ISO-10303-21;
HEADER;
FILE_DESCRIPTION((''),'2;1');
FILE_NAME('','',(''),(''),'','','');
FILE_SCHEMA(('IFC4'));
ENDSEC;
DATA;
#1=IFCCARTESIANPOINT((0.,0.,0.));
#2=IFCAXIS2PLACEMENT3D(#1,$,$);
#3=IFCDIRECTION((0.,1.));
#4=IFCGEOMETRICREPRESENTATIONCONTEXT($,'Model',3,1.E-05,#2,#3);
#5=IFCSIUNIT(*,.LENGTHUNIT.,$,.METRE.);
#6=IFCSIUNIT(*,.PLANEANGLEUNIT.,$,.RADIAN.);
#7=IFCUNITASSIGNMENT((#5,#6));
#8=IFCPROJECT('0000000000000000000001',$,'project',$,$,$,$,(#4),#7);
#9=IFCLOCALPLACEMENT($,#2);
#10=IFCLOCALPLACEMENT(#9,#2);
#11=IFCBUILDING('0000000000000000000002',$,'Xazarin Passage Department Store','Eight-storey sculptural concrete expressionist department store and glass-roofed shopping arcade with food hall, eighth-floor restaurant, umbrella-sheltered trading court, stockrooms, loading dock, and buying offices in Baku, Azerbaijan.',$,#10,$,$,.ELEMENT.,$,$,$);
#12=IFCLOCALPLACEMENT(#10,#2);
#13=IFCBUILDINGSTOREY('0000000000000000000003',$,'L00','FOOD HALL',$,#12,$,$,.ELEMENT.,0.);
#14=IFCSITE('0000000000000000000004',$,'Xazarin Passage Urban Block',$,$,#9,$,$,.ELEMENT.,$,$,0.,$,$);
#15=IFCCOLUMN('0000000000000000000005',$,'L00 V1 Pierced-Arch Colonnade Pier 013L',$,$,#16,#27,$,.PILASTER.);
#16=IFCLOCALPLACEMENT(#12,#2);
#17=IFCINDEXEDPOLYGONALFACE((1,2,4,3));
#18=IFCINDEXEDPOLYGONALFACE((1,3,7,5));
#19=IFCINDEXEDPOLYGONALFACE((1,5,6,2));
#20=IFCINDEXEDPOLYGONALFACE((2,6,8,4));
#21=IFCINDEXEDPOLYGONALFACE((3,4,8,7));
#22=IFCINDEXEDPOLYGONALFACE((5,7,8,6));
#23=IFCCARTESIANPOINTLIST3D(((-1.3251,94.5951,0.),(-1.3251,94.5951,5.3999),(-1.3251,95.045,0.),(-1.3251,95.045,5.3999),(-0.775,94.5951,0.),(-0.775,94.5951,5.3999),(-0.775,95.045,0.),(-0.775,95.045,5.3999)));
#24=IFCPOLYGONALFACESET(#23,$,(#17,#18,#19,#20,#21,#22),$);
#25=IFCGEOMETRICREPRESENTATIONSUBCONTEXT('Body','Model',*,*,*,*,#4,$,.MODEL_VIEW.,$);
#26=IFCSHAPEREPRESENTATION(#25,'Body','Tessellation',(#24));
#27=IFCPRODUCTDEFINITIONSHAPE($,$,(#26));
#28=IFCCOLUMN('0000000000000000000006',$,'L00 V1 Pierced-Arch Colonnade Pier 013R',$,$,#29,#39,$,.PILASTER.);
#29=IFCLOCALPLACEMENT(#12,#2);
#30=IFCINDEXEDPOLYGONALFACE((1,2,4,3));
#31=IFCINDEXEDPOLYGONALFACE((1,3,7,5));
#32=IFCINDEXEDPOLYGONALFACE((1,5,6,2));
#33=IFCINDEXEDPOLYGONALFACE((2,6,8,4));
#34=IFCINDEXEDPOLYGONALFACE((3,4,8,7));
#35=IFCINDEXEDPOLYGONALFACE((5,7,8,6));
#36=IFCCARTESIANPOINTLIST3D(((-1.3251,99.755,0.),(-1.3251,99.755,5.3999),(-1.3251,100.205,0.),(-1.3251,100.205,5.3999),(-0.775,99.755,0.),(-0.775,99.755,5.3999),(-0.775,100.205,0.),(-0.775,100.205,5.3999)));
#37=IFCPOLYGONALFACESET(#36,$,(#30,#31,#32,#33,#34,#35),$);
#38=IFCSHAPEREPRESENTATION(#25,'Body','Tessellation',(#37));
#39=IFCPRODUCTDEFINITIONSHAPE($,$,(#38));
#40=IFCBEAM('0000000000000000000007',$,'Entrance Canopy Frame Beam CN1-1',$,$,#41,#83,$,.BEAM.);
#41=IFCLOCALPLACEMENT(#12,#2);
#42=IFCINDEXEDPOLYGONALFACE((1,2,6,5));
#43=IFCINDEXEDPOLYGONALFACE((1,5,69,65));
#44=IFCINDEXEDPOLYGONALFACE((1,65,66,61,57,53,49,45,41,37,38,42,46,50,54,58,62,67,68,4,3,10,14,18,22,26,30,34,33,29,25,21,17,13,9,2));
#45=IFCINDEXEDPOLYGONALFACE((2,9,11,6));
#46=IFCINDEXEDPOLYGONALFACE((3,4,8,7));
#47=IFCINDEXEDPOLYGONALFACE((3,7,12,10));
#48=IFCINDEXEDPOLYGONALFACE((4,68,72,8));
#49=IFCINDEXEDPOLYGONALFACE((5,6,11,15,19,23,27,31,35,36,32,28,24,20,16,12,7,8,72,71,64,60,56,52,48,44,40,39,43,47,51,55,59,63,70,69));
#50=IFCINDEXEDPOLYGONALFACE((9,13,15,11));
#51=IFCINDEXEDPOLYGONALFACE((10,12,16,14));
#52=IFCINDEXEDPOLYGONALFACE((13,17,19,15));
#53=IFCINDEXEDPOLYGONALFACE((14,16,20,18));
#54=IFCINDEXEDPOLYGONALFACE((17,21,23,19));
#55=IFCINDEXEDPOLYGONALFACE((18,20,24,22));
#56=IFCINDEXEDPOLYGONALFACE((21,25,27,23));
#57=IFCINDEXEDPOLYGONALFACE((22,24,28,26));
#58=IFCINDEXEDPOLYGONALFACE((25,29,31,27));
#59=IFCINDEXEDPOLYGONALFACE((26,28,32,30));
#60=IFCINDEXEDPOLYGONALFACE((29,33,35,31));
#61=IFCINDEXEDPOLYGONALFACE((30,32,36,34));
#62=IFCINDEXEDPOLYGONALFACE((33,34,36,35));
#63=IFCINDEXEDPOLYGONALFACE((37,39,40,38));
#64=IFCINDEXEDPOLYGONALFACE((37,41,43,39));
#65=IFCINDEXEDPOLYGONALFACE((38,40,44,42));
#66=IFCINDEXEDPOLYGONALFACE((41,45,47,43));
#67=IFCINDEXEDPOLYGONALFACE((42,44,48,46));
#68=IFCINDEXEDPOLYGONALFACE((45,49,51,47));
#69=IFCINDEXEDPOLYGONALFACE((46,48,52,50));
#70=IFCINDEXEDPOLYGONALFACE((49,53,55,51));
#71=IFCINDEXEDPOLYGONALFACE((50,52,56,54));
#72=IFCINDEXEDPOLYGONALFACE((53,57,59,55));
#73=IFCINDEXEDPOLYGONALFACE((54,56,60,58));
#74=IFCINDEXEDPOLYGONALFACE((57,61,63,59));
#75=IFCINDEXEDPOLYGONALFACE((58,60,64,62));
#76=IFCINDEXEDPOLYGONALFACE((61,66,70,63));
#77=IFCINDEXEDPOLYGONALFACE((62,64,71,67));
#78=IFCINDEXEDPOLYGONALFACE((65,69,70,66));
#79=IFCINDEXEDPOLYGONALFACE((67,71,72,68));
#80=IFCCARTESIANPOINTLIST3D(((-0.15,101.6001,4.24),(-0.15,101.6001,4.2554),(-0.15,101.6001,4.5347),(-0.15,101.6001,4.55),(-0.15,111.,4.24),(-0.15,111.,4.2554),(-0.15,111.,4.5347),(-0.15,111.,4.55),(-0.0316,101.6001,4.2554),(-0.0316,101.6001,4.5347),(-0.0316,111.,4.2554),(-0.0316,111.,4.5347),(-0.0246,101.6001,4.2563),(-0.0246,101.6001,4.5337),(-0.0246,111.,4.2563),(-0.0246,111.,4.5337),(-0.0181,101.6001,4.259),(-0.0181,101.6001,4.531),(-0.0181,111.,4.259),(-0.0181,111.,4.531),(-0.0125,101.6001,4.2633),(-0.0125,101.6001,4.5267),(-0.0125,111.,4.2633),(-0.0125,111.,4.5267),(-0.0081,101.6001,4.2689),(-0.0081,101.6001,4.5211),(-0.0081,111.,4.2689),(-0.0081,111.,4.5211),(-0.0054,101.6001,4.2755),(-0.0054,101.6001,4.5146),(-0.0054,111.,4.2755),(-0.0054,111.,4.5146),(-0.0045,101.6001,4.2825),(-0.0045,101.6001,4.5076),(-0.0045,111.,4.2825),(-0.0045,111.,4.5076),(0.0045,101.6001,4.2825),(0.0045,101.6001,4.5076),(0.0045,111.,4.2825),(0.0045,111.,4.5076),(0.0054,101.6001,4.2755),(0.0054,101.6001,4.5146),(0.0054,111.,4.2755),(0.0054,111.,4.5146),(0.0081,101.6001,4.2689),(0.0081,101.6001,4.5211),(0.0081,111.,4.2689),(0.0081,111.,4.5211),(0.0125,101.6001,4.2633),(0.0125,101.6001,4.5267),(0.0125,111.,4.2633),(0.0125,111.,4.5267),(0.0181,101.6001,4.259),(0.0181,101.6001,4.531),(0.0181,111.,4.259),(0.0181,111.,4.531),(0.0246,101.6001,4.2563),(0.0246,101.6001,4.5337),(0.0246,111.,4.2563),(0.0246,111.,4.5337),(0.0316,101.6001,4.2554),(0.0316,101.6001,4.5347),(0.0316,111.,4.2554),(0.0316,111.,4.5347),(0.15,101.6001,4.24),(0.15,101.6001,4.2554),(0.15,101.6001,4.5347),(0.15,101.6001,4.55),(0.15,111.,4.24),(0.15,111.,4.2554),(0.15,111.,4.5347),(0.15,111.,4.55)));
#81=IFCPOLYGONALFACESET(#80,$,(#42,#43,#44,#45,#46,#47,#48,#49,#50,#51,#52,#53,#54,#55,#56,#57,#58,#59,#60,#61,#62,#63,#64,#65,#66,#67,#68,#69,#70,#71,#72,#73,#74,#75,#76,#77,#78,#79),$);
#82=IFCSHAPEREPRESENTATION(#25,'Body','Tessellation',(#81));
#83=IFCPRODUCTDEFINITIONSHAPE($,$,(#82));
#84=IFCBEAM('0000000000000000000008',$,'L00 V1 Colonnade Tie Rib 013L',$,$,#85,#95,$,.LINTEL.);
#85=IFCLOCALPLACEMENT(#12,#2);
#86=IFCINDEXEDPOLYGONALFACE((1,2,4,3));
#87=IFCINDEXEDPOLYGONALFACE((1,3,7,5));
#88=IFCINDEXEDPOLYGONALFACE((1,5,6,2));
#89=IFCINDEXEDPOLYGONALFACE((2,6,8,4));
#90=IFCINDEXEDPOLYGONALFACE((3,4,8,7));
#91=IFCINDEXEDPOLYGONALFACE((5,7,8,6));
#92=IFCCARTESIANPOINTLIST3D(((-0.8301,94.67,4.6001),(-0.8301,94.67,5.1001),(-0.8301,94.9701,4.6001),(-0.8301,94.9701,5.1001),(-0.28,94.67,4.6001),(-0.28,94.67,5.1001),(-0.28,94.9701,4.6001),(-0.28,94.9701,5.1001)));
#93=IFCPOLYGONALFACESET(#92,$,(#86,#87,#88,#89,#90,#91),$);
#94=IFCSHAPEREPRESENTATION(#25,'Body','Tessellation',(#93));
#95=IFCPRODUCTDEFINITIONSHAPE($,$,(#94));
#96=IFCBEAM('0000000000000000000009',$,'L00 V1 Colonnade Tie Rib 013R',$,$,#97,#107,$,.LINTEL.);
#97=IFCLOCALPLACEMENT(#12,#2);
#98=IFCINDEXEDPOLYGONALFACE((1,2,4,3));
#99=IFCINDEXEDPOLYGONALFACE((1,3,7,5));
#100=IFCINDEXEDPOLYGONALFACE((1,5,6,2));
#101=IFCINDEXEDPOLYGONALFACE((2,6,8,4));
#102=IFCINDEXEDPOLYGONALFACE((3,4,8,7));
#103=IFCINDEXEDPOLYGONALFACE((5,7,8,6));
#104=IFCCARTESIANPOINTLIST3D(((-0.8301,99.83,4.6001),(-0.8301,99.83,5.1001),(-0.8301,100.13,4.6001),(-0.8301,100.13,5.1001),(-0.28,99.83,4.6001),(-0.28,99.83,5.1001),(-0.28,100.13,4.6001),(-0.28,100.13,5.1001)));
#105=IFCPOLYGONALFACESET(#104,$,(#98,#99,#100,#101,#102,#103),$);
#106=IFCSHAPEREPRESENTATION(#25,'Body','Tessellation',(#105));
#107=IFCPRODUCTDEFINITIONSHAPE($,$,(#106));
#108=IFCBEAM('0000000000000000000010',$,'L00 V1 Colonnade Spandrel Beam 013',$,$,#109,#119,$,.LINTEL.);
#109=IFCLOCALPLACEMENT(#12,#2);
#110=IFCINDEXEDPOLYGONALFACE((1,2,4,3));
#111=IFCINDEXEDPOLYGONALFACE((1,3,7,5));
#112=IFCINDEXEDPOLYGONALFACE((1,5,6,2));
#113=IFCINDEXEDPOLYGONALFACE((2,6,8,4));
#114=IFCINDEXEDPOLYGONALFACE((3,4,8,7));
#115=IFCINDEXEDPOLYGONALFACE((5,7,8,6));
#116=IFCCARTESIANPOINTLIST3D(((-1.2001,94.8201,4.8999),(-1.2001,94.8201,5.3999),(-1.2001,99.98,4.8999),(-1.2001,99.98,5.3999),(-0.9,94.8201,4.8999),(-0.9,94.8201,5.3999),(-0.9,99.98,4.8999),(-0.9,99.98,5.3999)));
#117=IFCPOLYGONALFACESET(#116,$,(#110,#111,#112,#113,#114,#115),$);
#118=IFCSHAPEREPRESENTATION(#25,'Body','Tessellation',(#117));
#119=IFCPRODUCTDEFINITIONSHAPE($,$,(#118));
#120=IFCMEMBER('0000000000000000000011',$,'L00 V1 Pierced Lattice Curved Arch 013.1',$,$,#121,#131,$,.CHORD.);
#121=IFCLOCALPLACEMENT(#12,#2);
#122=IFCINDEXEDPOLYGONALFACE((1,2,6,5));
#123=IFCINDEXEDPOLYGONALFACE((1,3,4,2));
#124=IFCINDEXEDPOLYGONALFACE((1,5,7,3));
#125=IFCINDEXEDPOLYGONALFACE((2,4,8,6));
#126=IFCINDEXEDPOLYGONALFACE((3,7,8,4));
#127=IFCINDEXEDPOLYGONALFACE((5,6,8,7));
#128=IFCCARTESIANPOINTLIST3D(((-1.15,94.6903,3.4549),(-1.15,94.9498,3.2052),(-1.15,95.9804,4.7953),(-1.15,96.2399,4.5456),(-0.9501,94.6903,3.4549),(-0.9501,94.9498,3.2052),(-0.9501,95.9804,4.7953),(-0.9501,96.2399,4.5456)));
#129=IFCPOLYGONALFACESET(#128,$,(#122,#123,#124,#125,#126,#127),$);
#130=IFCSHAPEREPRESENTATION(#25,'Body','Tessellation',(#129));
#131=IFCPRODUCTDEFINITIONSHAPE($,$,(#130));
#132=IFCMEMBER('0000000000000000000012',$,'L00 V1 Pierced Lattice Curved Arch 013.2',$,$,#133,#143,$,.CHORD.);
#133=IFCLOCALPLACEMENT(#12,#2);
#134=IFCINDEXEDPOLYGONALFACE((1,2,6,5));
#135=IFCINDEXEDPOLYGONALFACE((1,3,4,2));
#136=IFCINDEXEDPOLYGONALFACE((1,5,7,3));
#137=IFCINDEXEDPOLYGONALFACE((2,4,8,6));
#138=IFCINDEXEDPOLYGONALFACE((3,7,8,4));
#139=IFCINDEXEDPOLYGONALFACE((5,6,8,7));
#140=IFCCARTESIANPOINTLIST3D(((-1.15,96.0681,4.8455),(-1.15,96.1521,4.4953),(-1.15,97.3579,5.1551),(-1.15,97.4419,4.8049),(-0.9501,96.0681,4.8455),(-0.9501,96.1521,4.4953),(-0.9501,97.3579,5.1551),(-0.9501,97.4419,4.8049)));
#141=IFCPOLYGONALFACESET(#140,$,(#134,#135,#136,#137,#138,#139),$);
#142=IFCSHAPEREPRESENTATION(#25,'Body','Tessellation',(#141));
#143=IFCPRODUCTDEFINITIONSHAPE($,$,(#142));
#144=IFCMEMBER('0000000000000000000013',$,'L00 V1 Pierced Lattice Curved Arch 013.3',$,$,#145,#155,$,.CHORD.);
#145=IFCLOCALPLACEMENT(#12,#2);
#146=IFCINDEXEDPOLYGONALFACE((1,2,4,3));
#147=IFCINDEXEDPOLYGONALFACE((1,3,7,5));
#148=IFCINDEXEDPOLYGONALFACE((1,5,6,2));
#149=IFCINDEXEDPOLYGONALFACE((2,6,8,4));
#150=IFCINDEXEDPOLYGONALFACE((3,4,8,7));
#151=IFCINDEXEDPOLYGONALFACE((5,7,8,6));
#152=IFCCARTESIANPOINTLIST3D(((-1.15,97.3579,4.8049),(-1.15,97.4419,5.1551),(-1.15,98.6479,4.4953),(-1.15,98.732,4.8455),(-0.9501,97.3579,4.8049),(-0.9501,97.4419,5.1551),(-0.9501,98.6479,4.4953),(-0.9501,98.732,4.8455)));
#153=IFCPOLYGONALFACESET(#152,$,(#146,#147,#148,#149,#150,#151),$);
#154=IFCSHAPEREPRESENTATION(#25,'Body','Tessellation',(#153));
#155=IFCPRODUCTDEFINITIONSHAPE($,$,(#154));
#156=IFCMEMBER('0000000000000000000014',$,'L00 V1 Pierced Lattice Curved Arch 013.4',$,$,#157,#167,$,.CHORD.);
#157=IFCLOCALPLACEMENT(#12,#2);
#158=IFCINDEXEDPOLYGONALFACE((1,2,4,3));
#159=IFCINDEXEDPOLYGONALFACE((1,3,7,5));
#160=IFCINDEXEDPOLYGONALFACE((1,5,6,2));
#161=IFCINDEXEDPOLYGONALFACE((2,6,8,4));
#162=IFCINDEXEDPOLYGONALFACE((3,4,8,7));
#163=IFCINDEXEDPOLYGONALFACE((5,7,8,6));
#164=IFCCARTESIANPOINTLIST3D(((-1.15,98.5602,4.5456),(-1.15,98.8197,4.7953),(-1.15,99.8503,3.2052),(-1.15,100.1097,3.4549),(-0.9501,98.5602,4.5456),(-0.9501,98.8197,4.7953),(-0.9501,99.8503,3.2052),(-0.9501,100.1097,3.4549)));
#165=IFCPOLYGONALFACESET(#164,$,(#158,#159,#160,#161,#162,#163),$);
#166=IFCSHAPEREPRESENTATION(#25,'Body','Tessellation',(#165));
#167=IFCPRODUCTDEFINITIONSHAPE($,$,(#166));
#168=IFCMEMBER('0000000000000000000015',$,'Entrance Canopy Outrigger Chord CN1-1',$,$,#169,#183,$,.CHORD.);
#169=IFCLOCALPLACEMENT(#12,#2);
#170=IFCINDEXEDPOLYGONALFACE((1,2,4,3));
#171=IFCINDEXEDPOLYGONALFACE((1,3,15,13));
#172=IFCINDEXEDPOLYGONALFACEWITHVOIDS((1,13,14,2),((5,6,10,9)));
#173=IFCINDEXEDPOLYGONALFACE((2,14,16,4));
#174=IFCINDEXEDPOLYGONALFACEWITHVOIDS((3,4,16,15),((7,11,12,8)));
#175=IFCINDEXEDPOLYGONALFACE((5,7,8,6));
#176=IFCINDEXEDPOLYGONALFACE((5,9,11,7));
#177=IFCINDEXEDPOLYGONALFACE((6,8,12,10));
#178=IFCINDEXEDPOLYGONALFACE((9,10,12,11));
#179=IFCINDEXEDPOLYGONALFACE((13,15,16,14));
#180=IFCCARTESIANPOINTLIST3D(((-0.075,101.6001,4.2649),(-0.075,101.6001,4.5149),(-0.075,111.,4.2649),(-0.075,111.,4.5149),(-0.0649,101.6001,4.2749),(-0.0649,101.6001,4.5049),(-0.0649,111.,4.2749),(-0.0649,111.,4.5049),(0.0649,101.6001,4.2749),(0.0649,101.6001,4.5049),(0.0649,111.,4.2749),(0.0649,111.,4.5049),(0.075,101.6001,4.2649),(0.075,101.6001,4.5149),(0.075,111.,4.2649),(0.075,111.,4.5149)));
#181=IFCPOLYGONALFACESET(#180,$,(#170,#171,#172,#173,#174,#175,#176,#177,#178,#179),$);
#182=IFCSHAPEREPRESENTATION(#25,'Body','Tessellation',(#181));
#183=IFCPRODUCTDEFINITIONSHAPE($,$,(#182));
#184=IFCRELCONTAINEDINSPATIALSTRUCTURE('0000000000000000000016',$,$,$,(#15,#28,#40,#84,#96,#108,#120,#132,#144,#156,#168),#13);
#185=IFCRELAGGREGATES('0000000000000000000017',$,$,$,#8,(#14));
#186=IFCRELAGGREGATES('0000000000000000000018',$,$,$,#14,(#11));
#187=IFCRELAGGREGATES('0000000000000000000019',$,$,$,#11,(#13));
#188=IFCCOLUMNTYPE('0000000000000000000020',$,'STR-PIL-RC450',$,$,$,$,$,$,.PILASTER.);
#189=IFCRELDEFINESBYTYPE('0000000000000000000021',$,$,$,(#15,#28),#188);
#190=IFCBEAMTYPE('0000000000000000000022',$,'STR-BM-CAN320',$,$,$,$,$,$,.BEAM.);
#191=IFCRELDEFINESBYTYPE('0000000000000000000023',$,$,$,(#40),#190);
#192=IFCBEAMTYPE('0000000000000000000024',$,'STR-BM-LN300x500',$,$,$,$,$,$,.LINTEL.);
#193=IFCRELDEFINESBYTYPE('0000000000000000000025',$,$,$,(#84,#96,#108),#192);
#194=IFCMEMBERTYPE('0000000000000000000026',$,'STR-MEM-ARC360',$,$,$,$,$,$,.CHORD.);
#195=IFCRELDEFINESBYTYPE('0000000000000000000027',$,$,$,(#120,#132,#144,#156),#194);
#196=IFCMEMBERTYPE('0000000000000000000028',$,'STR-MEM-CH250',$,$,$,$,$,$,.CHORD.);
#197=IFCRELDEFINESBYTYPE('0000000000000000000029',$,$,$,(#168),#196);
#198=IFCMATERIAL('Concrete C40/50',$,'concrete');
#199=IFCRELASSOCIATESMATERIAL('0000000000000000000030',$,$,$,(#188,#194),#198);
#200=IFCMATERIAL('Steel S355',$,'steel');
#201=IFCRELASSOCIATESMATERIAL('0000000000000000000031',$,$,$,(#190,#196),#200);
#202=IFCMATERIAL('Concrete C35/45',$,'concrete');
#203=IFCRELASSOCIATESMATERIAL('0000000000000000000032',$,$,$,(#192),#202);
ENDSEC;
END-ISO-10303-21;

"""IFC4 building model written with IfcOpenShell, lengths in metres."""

from ifc_helpers import new_model, si_unit, direction, frame, origin, origin_2d, place, context, subcontext, project, spatial, rectangle, hollow_rectangle, i_section, extrude, material, material_profile, profile_set, type_object, element, save


model = new_model("IFC4")

# Units and contexts
model_context = context("Model", 3, precision=1e-05, world=origin(), true_north=direction((0.0, 1.0)))
body_context = subcontext(model_context, "Body", "Model", "MODEL_VIEW")
ifc_project = project(units=[si_unit("LENGTHUNIT", "METRE"), si_unit("PLANEANGLEUNIT", "RADIAN")], contexts=[model_context])

# Site, building, storey
site_placement = place(None, origin())
site = spatial("IfcSite", under=ifc_project, at=site_placement, Name="Xazarin Passage Urban Block", CompositionType="ELEMENT", RefElevation=0.0)
building_placement = place(site_placement, origin())
building = spatial("IfcBuilding", under=site, at=building_placement, Name="Xazarin Passage Department Store", Description="Eight-storey sculptural concrete expressionist department store and glass-roofed shopping arcade with food hall, eighth-floor restaurant, umbrella-sheltered trading court, stockrooms, loading dock, and buying offices in Baku, Azerbaijan.", CompositionType="ELEMENT")
storey_placement = place(building_placement, origin())
storey = spatial("IfcBuildingStorey", under=building, at=storey_placement, Name="L00", Description="FOOD HALL", CompositionType="ELEMENT", Elevation=0.0)

# Shared definitions
ifc_material_1 = material(Name="Concrete C35/45", Category="concrete")

# Columns
ifc_material_2 = material(Name="Concrete C40/50", Category="concrete")
ifc_material_profile_1 = material_profile(ifc_material_2, rectangle(XDim=0.45, YDim=0.55, at=origin_2d()), Name="RC 450x550")
ifc_profile_set_1 = profile_set([ifc_material_profile_1], Name="Concrete C40/50")
column_type_1 = type_object("IfcColumnType", Name="STR-PIL-RC450", PredefinedType="PILASTER", material=ifc_profile_set_1)
for number, where, z_axis, x_axis, name in (
    (1, (-1.05, 94.8201, 0.0), (0.0, 0.0, 1.0), (0.0, 1.0, 0.0), "L00 V1 Pierced-Arch Colonnade Pier 013L"),
    (2, (-1.05, 99.98, 0.0), (0.0, 0.0, 1.0), (0.0, 1.0, 0.0), "L00 V1 Pierced-Arch Colonnade Pier 013R"),
):
    element("IfcColumn", number, at=place(storey_placement, frame(where, z_axis=z_axis, x_axis=x_axis)), inside=storey, type_object=column_type_1, Name=name, PredefinedType="PILASTER", context=body_context, shape_type="SweptSolid", body=[
        extrude(rectangle(XDim=0.45, YDim=0.55, at=origin_2d()), origin(), (0.0, 0.0, 1.0), 5.3999),
    ])

# Beams
ifc_material_3 = material(Name="Steel S355", Category="steel")
ifc_material_profile_2 = material_profile(ifc_material_3, i_section(OverallWidth=0.3, OverallDepth=0.3101, WebThickness=0.009, FlangeThickness=0.0154, FilletRadius=0.0271, at=origin_2d()), Name="HEA 320")
ifc_profile_set_2 = profile_set([ifc_material_profile_2], Name="Steel S355")
beam_type_1 = type_object("IfcBeamType", Name="STR-BM-CAN320", PredefinedType="BEAM", material=ifc_profile_set_2)
beam_1_placement = place(storey_placement, frame((0.0, 101.6001, 4.395), z_axis=(0.0, 1.0, 0.0), x_axis=(-1.0, 0.0, 0.0)))
element("IfcBeam", 3, at=beam_1_placement, inside=storey, type_object=beam_type_1, Name="Entrance Canopy Frame Beam CN1-1", PredefinedType="BEAM", context=body_context, shape_type="SweptSolid", body=[
    extrude(i_section(OverallWidth=0.3, OverallDepth=0.3101, WebThickness=0.009, FlangeThickness=0.0154, FilletRadius=0.0271, at=origin_2d()), origin(), (0.0, 0.0, 1.0), 9.3999),
])
ifc_material_profile_3 = material_profile(ifc_material_1, rectangle(XDim=0.3, YDim=0.5, at=origin_2d()), Name="RC 300x500")
ifc_profile_set_3 = profile_set([ifc_material_profile_3], Name="Concrete C35/45")
beam_type_2 = type_object("IfcBeamType", Name="STR-BM-LN300x500", PredefinedType="LINTEL", material=ifc_profile_set_3)
for number, where, z_axis, x_axis, name in (
    (4, (-0.28, 94.8201, 4.8501), (-1.0, 0.0, 0.0), (0.0, -1.0, 0.0), "L00 V1 Colonnade Tie Rib 013L"),
    (5, (-0.28, 99.98, 4.8501), (-1.0, 0.0, 0.0), (0.0, -1.0, 0.0), "L00 V1 Colonnade Tie Rib 013R"),
):
    element("IfcBeam", number, at=place(storey_placement, frame(where, z_axis=z_axis, x_axis=x_axis)), inside=storey, type_object=beam_type_2, Name=name, PredefinedType="LINTEL", context=body_context, shape_type="SweptSolid", body=[
        extrude(rectangle(XDim=0.3, YDim=0.5, at=origin_2d()), origin(), (0.0, 0.0, 1.0), 0.55),
    ])
beam_2_placement = place(storey_placement, frame((-1.05, 94.8201, 5.1499), z_axis=(0.0, 1.0, 0.0), x_axis=(-1.0, 0.0, 0.0)))
element("IfcBeam", 6, at=beam_2_placement, inside=storey, type_object=beam_type_2, Name="L00 V1 Colonnade Spandrel Beam 013", PredefinedType="LINTEL", context=body_context, shape_type="SweptSolid", body=[
    extrude(rectangle(XDim=0.3, YDim=0.5, at=origin_2d()), origin(), (0.0, 0.0, 1.0), 5.1599),
])

# Members
ifc_material_profile_4 = material_profile(ifc_material_2, rectangle(XDim=0.2, YDim=0.3601, at=origin_2d()), Name="RC 200x360")
ifc_profile_set_4 = profile_set([ifc_material_profile_4], Name="Concrete C40/50")
member_type_1 = type_object("IfcMemberType", Name="STR-MEM-ARC360", PredefinedType="CHORD", material=ifc_profile_set_4)
member_1_placement = place(storey_placement, frame((-1.05, 94.8201, 3.3301), z_axis=(0.0, 0.69346, 0.720495), x_axis=(-1.0, 0.0, 0.0)))
element("IfcMember", 7, at=member_1_placement, inside=storey, type_object=member_type_1, Name="L00 V1 Pierced Lattice Curved Arch 013.1", PredefinedType="CHORD", context=body_context, shape_type="SweptSolid", body=[
    extrude(rectangle(XDim=0.2, YDim=0.3601, at=origin_2d()), origin(), (0.0, 0.0, 1.0), 1.8604),
])
member_2_placement = place(storey_placement, frame((-1.05, 96.1101, 4.6704), z_axis=(0.0, 0.972384, 0.233387), x_axis=(-1.0, 0.0, 0.0)))
element("IfcMember", 8, at=member_2_placement, inside=storey, type_object=member_type_1, Name="L00 V1 Pierced Lattice Curved Arch 013.2", PredefinedType="CHORD", context=body_context, shape_type="SweptSolid", body=[
    extrude(rectangle(XDim=0.2, YDim=0.3601, at=origin_2d()), origin(), (0.0, 0.0, 1.0), 1.3264),
])
member_3_placement = place(storey_placement, frame((-1.05, 97.3999, 4.98), z_axis=(0.0, 0.972394, -0.233345), x_axis=(-1.0, 0.0, 0.0)))
element("IfcMember", 9, at=member_3_placement, inside=storey, type_object=member_type_1, Name="L00 V1 Pierced Lattice Curved Arch 013.3", PredefinedType="CHORD", context=body_context, shape_type="SweptSolid", body=[
    extrude(rectangle(XDim=0.2, YDim=0.3601, at=origin_2d()), origin(), (0.0, 0.0, 1.0), 1.3267),
])
member_4_placement = place(storey_placement, frame((-1.05, 98.6899, 4.6704), z_axis=(0.0, 0.69346, -0.720495), x_axis=(-1.0, 0.0, 0.0)))
element("IfcMember", 10, at=member_4_placement, inside=storey, type_object=member_type_1, Name="L00 V1 Pierced Lattice Curved Arch 013.4", PredefinedType="CHORD", context=body_context, shape_type="SweptSolid", body=[
    extrude(rectangle(XDim=0.2, YDim=0.3601, at=origin_2d()), origin(), (0.0, 0.0, 1.0), 1.8604),
])
ifc_material_profile_5 = material_profile(ifc_material_3, hollow_rectangle(XDim=0.1499, YDim=0.25, WallThickness=0.01, at=origin_2d()), Name="RHS 250x150x10")
ifc_profile_set_5 = profile_set([ifc_material_profile_5], Name="Steel S355")
member_type_2 = type_object("IfcMemberType", Name="STR-MEM-CH250", PredefinedType="CHORD", material=ifc_profile_set_5)
member_5_placement = place(storey_placement, frame((0.0, 101.6001, 4.3899), z_axis=(0.0, 1.0, 0.0), x_axis=(-1.0, 0.0, 0.0)))
element("IfcMember", 11, at=member_5_placement, inside=storey, type_object=member_type_2, Name="Entrance Canopy Outrigger Chord CN1-1", PredefinedType="CHORD", context=body_context, shape_type="SweptSolid", body=[
    extrude(hollow_rectangle(XDim=0.1499, YDim=0.25, WallThickness=0.01, at=origin_2d()), origin(), (0.0, 0.0, 1.0), 9.3999),
])

save(model, "model.ifc")
